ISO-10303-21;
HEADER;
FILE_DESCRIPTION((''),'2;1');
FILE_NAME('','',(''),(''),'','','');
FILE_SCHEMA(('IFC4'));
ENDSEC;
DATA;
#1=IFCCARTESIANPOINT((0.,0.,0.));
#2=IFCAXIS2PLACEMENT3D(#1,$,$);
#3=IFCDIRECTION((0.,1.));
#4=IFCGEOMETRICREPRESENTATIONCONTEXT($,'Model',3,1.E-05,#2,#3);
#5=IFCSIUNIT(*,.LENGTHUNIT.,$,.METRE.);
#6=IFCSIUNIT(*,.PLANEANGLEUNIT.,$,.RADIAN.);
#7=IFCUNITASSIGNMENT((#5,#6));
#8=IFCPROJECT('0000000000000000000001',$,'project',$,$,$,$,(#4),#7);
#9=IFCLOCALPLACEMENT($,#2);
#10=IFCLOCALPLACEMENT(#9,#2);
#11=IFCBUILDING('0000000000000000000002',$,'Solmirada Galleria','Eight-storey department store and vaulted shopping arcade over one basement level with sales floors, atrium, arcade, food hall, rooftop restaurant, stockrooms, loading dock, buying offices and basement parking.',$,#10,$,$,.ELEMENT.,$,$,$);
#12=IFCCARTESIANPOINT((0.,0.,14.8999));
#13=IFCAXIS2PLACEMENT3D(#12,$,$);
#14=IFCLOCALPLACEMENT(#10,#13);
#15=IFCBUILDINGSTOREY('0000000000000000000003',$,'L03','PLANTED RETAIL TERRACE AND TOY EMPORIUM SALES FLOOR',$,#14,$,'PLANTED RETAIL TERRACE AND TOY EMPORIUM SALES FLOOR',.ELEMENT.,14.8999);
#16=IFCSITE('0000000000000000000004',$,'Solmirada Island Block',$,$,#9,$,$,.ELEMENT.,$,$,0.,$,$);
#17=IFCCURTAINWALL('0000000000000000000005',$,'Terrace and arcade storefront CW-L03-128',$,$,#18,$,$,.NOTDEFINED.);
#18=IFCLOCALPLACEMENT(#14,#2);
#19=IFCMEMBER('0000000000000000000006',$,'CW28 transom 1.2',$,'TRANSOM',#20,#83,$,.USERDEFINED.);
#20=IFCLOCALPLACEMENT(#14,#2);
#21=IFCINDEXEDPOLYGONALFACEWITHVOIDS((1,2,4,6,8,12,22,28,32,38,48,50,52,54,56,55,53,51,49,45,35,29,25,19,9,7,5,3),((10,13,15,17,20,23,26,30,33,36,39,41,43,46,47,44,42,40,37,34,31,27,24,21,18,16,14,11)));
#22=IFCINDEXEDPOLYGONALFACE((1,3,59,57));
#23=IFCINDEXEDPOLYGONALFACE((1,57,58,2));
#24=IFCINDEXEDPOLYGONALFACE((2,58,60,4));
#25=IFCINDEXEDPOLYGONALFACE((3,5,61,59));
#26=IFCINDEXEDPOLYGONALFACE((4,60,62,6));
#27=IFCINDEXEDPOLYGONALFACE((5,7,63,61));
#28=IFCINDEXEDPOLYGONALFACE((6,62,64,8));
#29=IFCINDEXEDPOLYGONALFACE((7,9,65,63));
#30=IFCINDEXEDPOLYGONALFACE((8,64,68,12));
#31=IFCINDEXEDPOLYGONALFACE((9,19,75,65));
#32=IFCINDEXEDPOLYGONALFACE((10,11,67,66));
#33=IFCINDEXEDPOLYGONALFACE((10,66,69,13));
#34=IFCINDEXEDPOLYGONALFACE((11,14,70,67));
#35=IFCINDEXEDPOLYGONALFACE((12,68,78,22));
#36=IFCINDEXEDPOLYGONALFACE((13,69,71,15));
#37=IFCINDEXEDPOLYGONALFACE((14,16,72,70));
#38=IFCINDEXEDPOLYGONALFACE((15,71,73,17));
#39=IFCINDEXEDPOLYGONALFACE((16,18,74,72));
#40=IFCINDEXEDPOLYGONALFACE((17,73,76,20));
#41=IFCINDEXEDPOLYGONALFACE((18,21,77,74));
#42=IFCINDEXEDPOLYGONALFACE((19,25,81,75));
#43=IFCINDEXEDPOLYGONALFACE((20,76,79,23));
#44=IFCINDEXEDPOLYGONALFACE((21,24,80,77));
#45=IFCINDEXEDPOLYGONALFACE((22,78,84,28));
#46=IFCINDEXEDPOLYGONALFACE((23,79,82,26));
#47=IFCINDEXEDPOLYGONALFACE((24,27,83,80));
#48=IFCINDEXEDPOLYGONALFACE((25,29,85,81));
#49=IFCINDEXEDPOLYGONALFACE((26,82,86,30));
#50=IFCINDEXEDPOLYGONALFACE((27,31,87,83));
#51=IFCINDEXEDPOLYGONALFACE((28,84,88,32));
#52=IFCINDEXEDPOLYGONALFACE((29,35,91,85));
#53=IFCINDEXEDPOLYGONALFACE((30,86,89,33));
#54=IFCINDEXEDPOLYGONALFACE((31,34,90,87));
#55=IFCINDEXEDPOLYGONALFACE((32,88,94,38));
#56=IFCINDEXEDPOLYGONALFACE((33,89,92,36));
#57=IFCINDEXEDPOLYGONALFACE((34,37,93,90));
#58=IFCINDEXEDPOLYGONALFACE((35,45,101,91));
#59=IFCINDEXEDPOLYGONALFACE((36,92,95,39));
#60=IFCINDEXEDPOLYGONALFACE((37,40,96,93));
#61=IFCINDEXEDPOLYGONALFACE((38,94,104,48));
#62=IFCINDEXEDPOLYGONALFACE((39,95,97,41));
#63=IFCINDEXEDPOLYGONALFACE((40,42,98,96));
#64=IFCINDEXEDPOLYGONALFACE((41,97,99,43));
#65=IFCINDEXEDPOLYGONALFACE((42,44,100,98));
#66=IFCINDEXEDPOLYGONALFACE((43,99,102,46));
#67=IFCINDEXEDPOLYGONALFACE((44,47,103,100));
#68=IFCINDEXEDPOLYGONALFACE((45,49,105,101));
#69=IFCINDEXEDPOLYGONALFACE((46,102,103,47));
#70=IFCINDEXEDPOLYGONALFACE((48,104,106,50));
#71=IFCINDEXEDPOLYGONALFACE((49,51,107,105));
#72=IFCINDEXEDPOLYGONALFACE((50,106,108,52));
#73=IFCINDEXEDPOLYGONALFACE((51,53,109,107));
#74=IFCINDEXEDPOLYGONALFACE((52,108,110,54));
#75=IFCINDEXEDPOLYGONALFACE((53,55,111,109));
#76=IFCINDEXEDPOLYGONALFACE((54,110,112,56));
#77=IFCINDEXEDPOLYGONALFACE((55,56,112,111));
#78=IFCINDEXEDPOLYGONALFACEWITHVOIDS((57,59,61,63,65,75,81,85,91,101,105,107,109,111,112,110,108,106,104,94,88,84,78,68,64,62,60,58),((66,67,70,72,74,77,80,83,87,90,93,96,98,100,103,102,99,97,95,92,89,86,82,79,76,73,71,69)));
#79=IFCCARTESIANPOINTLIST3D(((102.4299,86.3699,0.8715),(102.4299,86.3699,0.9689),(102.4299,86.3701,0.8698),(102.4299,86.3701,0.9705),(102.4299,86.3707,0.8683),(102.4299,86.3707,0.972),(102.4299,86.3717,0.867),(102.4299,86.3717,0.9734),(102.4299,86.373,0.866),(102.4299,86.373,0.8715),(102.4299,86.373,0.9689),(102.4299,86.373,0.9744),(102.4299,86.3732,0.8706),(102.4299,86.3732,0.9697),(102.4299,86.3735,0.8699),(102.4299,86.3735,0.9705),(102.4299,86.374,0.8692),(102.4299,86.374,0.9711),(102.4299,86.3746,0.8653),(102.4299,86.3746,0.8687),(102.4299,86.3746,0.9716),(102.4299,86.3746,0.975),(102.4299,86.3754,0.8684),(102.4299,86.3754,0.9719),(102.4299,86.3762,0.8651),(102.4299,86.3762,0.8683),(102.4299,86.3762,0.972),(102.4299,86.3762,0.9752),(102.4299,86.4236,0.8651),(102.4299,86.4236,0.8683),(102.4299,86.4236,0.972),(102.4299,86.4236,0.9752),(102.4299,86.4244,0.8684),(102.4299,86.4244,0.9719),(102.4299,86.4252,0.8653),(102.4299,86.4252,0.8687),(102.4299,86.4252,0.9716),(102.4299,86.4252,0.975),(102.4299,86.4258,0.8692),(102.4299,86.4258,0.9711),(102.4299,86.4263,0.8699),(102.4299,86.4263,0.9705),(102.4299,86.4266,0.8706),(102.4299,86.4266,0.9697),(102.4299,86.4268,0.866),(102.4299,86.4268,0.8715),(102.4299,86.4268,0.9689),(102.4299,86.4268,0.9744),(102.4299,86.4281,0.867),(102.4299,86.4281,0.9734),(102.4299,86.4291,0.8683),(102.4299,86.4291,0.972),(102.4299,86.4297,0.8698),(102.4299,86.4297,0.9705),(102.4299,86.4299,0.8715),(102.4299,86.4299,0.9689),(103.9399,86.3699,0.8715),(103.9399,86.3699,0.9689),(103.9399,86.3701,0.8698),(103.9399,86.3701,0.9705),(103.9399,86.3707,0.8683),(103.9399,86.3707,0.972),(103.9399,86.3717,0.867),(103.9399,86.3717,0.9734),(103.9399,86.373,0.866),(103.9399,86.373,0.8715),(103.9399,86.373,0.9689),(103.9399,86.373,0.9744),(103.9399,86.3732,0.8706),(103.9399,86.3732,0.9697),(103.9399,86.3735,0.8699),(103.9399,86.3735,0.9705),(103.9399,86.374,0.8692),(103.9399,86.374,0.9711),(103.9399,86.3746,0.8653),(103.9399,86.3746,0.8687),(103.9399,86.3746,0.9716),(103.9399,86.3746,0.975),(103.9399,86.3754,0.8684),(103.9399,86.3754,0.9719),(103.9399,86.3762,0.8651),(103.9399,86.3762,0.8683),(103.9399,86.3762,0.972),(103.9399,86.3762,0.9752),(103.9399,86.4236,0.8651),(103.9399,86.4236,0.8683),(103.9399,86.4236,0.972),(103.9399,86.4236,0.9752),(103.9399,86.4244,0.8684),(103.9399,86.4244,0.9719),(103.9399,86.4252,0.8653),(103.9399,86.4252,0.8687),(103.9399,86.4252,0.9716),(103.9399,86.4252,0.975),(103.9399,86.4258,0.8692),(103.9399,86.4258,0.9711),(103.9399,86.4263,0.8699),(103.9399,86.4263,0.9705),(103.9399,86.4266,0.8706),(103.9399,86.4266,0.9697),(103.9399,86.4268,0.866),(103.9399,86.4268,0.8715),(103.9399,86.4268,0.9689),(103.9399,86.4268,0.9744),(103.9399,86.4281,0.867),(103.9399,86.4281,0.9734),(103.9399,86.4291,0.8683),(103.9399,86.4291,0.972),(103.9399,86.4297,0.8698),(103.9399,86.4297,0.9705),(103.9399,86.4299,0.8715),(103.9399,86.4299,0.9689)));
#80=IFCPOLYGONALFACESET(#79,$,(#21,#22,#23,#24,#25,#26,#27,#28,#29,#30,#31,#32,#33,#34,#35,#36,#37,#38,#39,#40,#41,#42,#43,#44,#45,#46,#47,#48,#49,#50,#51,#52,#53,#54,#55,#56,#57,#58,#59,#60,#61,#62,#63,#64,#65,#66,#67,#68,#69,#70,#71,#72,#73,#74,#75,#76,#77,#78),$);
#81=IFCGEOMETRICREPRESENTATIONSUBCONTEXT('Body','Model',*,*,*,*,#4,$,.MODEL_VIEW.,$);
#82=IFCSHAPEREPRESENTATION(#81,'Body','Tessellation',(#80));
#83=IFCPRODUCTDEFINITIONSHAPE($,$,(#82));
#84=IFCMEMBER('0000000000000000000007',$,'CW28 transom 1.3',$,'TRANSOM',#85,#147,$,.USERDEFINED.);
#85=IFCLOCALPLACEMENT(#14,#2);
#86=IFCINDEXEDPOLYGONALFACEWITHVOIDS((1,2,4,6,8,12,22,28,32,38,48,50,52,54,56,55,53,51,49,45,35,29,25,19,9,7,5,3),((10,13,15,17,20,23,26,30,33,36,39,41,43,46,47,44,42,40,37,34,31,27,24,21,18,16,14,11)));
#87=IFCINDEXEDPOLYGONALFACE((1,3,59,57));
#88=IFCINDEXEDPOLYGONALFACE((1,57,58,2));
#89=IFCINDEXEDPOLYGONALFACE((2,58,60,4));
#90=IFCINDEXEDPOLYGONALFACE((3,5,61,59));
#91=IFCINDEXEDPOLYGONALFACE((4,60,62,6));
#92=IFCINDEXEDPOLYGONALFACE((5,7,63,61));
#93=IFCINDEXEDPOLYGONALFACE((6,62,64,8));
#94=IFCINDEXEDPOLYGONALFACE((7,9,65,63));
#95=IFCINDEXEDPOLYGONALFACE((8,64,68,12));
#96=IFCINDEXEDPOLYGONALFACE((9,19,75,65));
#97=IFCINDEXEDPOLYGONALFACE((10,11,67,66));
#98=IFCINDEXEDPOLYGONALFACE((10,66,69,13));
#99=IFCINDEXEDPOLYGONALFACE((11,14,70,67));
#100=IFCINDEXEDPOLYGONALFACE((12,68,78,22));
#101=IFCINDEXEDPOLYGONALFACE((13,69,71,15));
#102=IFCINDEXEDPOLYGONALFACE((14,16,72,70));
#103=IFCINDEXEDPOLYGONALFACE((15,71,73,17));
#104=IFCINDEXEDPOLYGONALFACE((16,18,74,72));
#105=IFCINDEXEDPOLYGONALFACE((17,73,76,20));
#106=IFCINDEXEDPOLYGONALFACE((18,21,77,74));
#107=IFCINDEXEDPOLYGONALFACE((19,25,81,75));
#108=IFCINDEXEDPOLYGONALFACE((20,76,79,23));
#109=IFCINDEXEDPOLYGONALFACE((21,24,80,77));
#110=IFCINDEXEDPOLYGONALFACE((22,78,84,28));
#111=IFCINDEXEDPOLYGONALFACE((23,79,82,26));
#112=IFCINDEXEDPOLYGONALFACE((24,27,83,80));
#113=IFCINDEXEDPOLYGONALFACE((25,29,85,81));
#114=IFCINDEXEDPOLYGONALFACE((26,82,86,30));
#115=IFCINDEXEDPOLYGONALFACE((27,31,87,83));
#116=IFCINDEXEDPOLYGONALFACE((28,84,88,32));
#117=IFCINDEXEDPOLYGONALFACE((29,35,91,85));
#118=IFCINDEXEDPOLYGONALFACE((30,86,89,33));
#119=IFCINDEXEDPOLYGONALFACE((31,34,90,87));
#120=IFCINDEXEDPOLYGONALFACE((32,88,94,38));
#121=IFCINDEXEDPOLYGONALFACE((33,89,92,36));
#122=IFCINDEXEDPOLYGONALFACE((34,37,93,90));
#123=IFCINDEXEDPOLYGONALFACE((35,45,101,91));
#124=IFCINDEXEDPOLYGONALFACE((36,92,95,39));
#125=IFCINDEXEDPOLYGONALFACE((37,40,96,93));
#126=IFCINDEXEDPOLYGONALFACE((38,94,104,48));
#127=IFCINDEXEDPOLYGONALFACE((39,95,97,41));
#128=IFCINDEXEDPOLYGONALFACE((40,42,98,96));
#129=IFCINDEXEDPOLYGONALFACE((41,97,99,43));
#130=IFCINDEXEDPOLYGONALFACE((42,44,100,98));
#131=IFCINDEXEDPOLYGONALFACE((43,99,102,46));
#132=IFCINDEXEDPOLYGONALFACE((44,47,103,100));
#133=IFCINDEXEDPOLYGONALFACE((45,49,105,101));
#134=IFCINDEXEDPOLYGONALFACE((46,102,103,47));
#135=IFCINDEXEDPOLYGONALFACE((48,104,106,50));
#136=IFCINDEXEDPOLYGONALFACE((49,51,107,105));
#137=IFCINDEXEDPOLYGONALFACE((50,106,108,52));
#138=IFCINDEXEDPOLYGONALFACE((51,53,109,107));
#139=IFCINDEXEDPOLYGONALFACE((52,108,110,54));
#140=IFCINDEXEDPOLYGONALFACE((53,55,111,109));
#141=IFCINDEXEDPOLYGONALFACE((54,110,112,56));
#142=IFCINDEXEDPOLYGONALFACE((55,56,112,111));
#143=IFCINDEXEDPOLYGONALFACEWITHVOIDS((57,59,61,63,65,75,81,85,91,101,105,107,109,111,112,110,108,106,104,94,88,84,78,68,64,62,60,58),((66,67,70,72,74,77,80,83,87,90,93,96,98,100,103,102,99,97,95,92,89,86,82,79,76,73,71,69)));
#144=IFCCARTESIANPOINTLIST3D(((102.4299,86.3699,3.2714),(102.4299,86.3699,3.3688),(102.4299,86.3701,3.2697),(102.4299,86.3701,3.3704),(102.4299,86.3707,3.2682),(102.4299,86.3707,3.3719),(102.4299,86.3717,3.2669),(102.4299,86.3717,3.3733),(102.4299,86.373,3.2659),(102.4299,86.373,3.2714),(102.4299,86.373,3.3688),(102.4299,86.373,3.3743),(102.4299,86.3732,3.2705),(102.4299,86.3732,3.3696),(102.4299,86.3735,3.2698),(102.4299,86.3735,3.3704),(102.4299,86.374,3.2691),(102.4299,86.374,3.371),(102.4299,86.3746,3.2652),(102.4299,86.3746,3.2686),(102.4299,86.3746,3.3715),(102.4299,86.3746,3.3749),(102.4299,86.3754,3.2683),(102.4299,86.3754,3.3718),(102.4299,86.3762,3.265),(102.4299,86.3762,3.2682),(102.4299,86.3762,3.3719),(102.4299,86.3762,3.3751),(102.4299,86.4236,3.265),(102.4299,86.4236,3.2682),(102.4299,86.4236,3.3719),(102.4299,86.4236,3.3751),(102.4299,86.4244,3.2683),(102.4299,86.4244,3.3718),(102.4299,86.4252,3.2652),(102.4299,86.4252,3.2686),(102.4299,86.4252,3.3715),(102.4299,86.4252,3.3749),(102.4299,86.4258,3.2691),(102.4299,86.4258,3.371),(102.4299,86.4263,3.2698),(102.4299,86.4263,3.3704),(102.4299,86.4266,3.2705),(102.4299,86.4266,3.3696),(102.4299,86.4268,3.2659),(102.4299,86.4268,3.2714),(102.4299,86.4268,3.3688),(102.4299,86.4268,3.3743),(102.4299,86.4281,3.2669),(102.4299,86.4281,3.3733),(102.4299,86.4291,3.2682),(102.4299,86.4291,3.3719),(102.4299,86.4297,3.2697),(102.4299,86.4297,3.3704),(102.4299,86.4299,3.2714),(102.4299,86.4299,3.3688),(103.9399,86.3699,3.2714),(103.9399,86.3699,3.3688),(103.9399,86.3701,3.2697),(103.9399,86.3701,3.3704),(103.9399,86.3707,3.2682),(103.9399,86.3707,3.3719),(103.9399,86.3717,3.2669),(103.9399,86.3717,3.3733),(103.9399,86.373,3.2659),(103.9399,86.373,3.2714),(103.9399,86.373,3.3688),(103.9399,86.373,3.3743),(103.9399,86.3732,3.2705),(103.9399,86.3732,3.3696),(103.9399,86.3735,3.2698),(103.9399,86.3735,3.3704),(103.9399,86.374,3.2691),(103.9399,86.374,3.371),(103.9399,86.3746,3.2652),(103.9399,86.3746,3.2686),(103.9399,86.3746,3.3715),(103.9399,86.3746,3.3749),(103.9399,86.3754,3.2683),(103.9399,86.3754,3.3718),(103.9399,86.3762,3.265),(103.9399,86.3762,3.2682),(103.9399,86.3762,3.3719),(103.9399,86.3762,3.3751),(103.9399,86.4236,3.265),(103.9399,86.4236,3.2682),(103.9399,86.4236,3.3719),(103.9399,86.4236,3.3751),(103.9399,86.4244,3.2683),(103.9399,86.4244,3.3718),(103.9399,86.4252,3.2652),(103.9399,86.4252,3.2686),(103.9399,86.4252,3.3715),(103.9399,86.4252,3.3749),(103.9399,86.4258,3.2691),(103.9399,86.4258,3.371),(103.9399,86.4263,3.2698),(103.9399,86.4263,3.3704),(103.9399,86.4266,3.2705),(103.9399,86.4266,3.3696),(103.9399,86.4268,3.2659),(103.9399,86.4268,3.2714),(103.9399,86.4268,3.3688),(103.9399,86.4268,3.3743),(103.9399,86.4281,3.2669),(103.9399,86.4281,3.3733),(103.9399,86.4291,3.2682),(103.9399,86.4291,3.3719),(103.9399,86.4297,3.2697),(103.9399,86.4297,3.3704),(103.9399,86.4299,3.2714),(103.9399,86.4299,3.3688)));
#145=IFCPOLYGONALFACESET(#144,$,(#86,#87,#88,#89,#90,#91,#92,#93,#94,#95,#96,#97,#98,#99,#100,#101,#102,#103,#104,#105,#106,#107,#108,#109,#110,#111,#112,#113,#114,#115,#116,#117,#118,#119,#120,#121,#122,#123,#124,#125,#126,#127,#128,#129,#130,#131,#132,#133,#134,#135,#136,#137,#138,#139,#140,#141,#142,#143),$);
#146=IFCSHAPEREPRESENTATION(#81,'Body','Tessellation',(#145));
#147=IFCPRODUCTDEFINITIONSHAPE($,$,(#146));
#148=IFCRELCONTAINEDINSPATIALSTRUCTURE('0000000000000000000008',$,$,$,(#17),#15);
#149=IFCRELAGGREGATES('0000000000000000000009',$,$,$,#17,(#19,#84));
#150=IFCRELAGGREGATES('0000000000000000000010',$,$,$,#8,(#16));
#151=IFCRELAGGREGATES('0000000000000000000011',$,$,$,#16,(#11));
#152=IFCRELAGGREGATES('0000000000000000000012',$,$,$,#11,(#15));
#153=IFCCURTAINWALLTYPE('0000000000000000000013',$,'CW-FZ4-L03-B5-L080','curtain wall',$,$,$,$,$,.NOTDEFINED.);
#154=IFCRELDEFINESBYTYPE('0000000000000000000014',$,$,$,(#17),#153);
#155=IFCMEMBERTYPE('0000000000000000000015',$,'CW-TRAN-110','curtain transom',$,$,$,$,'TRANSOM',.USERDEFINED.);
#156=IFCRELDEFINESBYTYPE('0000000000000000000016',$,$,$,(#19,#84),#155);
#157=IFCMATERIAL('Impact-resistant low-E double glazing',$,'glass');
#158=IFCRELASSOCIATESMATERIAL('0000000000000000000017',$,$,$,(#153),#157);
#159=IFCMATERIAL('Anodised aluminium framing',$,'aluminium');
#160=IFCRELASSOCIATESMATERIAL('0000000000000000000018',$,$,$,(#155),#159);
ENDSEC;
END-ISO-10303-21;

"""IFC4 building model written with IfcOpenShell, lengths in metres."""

from ifc_helpers import new_model, si_unit, direction, frame, origin, origin_2d, place, context, subcontext, project, spatial, hollow_rectangle, extrude, material, material_profile, profile_set, type_object, element, aggregate, save


model = new_model("IFC4")

# Units and contexts
model_context = context("Model", 3, precision=1e-05, world=origin(), true_north=direction((0.0, 1.0)))
body_context = subcontext(model_context, "Body", "Model", "MODEL_VIEW")
ifc_project = project(units=[si_unit("LENGTHUNIT", "METRE"), si_unit("PLANEANGLEUNIT", "RADIAN")], contexts=[model_context])

# Site, building, storey
site_placement = place(None, origin())
site = spatial("IfcSite", under=ifc_project, at=site_placement, Name="Solmirada Island Block", CompositionType="ELEMENT", RefElevation=0.0)
building_placement = place(site_placement, origin())
building = spatial("IfcBuilding", under=site, at=building_placement, Name="Solmirada Galleria", Description="Eight-storey department store and vaulted shopping arcade over one basement level with sales floors, atrium, arcade, food hall, rooftop restaurant, stockrooms, loading dock, buying offices and basement parking.", CompositionType="ELEMENT")
storey_placement = place(building_placement, frame((0.0, 0.0, 14.8999)))
storey = spatial("IfcBuildingStorey", under=building, at=storey_placement, Name="L03", Description="PLANTED RETAIL TERRACE AND TOY EMPORIUM SALES FLOOR", LongName="PLANTED RETAIL TERRACE AND TOY EMPORIUM SALES FLOOR", CompositionType="ELEMENT", Elevation=14.8999)

# Curtain wall
ifc_material_1 = material(Name="Impact-resistant low-E double glazing", Category="glass")
curtain_wall_type_1 = type_object("IfcCurtainWallType", Name="CW-FZ4-L03-B5-L080", Description="curtain wall", PredefinedType="NOTDEFINED", material=ifc_material_1)
curtain_wall_1_placement = place(storey_placement, origin())
curtain_wall_1 = element("IfcCurtainWall", 1, at=curtain_wall_1_placement, inside=storey, type_object=curtain_wall_type_1, Name="Terrace and arcade storefront CW-L03-128", PredefinedType="NOTDEFINED")
ifc_material_2 = material(Name="Anodised aluminium framing", Category="aluminium")

# Members
ifc_material_profile_1 = material_profile(ifc_material_2, hollow_rectangle(XDim=0.0601, YDim=0.1101, WallThickness=0.0032, InnerFilletRadius=0.0032, OuterFilletRadius=0.0063, at=origin_2d()), Name="ALU-TRAN-110X60")
ifc_profile_set_1 = profile_set([ifc_material_profile_1], Name="Anodised aluminium framing")
member_type_1 = type_object("IfcMemberType", Name="CW-TRAN-110", Description="curtain transom", ElementType="TRANSOM", PredefinedType="USERDEFINED", material=ifc_profile_set_1)
member_1_placement = place(storey_placement, frame((103.9399, 86.3999, 0.9202), z_axis=(-1.0, 0.0, 0.0), x_axis=(0.0, -1.0, 0.0)))
member_1 = element("IfcMember", 2, at=member_1_placement, type_object=member_type_1, Name="CW28 transom 1.2", ObjectType="TRANSOM", PredefinedType="USERDEFINED", context=body_context, shape_type="SweptSolid", body=[
    extrude(hollow_rectangle(XDim=0.0601, YDim=0.1101, WallThickness=0.0032, InnerFilletRadius=0.0032, OuterFilletRadius=0.0063, at=origin_2d()), origin(), (0.0, 0.0, 1.0), 1.51),
])
member_2_placement = place(storey_placement, frame((103.9399, 86.3999, 3.3201), z_axis=(-1.0, 0.0, 0.0), x_axis=(0.0, -1.0, 0.0)))
member_2 = element("IfcMember", 3, at=member_2_placement, type_object=member_type_1, Name="CW28 transom 1.3", ObjectType="TRANSOM", PredefinedType="USERDEFINED", context=body_context, shape_type="SweptSolid", body=[
    extrude(hollow_rectangle(XDim=0.0601, YDim=0.1101, WallThickness=0.0032, InnerFilletRadius=0.0032, OuterFilletRadius=0.0063, at=origin_2d()), origin(), (0.0, 0.0, 1.0), 1.51),
])

aggregate(curtain_wall_1, [member_1, member_2])

save(model, "model.ifc")
